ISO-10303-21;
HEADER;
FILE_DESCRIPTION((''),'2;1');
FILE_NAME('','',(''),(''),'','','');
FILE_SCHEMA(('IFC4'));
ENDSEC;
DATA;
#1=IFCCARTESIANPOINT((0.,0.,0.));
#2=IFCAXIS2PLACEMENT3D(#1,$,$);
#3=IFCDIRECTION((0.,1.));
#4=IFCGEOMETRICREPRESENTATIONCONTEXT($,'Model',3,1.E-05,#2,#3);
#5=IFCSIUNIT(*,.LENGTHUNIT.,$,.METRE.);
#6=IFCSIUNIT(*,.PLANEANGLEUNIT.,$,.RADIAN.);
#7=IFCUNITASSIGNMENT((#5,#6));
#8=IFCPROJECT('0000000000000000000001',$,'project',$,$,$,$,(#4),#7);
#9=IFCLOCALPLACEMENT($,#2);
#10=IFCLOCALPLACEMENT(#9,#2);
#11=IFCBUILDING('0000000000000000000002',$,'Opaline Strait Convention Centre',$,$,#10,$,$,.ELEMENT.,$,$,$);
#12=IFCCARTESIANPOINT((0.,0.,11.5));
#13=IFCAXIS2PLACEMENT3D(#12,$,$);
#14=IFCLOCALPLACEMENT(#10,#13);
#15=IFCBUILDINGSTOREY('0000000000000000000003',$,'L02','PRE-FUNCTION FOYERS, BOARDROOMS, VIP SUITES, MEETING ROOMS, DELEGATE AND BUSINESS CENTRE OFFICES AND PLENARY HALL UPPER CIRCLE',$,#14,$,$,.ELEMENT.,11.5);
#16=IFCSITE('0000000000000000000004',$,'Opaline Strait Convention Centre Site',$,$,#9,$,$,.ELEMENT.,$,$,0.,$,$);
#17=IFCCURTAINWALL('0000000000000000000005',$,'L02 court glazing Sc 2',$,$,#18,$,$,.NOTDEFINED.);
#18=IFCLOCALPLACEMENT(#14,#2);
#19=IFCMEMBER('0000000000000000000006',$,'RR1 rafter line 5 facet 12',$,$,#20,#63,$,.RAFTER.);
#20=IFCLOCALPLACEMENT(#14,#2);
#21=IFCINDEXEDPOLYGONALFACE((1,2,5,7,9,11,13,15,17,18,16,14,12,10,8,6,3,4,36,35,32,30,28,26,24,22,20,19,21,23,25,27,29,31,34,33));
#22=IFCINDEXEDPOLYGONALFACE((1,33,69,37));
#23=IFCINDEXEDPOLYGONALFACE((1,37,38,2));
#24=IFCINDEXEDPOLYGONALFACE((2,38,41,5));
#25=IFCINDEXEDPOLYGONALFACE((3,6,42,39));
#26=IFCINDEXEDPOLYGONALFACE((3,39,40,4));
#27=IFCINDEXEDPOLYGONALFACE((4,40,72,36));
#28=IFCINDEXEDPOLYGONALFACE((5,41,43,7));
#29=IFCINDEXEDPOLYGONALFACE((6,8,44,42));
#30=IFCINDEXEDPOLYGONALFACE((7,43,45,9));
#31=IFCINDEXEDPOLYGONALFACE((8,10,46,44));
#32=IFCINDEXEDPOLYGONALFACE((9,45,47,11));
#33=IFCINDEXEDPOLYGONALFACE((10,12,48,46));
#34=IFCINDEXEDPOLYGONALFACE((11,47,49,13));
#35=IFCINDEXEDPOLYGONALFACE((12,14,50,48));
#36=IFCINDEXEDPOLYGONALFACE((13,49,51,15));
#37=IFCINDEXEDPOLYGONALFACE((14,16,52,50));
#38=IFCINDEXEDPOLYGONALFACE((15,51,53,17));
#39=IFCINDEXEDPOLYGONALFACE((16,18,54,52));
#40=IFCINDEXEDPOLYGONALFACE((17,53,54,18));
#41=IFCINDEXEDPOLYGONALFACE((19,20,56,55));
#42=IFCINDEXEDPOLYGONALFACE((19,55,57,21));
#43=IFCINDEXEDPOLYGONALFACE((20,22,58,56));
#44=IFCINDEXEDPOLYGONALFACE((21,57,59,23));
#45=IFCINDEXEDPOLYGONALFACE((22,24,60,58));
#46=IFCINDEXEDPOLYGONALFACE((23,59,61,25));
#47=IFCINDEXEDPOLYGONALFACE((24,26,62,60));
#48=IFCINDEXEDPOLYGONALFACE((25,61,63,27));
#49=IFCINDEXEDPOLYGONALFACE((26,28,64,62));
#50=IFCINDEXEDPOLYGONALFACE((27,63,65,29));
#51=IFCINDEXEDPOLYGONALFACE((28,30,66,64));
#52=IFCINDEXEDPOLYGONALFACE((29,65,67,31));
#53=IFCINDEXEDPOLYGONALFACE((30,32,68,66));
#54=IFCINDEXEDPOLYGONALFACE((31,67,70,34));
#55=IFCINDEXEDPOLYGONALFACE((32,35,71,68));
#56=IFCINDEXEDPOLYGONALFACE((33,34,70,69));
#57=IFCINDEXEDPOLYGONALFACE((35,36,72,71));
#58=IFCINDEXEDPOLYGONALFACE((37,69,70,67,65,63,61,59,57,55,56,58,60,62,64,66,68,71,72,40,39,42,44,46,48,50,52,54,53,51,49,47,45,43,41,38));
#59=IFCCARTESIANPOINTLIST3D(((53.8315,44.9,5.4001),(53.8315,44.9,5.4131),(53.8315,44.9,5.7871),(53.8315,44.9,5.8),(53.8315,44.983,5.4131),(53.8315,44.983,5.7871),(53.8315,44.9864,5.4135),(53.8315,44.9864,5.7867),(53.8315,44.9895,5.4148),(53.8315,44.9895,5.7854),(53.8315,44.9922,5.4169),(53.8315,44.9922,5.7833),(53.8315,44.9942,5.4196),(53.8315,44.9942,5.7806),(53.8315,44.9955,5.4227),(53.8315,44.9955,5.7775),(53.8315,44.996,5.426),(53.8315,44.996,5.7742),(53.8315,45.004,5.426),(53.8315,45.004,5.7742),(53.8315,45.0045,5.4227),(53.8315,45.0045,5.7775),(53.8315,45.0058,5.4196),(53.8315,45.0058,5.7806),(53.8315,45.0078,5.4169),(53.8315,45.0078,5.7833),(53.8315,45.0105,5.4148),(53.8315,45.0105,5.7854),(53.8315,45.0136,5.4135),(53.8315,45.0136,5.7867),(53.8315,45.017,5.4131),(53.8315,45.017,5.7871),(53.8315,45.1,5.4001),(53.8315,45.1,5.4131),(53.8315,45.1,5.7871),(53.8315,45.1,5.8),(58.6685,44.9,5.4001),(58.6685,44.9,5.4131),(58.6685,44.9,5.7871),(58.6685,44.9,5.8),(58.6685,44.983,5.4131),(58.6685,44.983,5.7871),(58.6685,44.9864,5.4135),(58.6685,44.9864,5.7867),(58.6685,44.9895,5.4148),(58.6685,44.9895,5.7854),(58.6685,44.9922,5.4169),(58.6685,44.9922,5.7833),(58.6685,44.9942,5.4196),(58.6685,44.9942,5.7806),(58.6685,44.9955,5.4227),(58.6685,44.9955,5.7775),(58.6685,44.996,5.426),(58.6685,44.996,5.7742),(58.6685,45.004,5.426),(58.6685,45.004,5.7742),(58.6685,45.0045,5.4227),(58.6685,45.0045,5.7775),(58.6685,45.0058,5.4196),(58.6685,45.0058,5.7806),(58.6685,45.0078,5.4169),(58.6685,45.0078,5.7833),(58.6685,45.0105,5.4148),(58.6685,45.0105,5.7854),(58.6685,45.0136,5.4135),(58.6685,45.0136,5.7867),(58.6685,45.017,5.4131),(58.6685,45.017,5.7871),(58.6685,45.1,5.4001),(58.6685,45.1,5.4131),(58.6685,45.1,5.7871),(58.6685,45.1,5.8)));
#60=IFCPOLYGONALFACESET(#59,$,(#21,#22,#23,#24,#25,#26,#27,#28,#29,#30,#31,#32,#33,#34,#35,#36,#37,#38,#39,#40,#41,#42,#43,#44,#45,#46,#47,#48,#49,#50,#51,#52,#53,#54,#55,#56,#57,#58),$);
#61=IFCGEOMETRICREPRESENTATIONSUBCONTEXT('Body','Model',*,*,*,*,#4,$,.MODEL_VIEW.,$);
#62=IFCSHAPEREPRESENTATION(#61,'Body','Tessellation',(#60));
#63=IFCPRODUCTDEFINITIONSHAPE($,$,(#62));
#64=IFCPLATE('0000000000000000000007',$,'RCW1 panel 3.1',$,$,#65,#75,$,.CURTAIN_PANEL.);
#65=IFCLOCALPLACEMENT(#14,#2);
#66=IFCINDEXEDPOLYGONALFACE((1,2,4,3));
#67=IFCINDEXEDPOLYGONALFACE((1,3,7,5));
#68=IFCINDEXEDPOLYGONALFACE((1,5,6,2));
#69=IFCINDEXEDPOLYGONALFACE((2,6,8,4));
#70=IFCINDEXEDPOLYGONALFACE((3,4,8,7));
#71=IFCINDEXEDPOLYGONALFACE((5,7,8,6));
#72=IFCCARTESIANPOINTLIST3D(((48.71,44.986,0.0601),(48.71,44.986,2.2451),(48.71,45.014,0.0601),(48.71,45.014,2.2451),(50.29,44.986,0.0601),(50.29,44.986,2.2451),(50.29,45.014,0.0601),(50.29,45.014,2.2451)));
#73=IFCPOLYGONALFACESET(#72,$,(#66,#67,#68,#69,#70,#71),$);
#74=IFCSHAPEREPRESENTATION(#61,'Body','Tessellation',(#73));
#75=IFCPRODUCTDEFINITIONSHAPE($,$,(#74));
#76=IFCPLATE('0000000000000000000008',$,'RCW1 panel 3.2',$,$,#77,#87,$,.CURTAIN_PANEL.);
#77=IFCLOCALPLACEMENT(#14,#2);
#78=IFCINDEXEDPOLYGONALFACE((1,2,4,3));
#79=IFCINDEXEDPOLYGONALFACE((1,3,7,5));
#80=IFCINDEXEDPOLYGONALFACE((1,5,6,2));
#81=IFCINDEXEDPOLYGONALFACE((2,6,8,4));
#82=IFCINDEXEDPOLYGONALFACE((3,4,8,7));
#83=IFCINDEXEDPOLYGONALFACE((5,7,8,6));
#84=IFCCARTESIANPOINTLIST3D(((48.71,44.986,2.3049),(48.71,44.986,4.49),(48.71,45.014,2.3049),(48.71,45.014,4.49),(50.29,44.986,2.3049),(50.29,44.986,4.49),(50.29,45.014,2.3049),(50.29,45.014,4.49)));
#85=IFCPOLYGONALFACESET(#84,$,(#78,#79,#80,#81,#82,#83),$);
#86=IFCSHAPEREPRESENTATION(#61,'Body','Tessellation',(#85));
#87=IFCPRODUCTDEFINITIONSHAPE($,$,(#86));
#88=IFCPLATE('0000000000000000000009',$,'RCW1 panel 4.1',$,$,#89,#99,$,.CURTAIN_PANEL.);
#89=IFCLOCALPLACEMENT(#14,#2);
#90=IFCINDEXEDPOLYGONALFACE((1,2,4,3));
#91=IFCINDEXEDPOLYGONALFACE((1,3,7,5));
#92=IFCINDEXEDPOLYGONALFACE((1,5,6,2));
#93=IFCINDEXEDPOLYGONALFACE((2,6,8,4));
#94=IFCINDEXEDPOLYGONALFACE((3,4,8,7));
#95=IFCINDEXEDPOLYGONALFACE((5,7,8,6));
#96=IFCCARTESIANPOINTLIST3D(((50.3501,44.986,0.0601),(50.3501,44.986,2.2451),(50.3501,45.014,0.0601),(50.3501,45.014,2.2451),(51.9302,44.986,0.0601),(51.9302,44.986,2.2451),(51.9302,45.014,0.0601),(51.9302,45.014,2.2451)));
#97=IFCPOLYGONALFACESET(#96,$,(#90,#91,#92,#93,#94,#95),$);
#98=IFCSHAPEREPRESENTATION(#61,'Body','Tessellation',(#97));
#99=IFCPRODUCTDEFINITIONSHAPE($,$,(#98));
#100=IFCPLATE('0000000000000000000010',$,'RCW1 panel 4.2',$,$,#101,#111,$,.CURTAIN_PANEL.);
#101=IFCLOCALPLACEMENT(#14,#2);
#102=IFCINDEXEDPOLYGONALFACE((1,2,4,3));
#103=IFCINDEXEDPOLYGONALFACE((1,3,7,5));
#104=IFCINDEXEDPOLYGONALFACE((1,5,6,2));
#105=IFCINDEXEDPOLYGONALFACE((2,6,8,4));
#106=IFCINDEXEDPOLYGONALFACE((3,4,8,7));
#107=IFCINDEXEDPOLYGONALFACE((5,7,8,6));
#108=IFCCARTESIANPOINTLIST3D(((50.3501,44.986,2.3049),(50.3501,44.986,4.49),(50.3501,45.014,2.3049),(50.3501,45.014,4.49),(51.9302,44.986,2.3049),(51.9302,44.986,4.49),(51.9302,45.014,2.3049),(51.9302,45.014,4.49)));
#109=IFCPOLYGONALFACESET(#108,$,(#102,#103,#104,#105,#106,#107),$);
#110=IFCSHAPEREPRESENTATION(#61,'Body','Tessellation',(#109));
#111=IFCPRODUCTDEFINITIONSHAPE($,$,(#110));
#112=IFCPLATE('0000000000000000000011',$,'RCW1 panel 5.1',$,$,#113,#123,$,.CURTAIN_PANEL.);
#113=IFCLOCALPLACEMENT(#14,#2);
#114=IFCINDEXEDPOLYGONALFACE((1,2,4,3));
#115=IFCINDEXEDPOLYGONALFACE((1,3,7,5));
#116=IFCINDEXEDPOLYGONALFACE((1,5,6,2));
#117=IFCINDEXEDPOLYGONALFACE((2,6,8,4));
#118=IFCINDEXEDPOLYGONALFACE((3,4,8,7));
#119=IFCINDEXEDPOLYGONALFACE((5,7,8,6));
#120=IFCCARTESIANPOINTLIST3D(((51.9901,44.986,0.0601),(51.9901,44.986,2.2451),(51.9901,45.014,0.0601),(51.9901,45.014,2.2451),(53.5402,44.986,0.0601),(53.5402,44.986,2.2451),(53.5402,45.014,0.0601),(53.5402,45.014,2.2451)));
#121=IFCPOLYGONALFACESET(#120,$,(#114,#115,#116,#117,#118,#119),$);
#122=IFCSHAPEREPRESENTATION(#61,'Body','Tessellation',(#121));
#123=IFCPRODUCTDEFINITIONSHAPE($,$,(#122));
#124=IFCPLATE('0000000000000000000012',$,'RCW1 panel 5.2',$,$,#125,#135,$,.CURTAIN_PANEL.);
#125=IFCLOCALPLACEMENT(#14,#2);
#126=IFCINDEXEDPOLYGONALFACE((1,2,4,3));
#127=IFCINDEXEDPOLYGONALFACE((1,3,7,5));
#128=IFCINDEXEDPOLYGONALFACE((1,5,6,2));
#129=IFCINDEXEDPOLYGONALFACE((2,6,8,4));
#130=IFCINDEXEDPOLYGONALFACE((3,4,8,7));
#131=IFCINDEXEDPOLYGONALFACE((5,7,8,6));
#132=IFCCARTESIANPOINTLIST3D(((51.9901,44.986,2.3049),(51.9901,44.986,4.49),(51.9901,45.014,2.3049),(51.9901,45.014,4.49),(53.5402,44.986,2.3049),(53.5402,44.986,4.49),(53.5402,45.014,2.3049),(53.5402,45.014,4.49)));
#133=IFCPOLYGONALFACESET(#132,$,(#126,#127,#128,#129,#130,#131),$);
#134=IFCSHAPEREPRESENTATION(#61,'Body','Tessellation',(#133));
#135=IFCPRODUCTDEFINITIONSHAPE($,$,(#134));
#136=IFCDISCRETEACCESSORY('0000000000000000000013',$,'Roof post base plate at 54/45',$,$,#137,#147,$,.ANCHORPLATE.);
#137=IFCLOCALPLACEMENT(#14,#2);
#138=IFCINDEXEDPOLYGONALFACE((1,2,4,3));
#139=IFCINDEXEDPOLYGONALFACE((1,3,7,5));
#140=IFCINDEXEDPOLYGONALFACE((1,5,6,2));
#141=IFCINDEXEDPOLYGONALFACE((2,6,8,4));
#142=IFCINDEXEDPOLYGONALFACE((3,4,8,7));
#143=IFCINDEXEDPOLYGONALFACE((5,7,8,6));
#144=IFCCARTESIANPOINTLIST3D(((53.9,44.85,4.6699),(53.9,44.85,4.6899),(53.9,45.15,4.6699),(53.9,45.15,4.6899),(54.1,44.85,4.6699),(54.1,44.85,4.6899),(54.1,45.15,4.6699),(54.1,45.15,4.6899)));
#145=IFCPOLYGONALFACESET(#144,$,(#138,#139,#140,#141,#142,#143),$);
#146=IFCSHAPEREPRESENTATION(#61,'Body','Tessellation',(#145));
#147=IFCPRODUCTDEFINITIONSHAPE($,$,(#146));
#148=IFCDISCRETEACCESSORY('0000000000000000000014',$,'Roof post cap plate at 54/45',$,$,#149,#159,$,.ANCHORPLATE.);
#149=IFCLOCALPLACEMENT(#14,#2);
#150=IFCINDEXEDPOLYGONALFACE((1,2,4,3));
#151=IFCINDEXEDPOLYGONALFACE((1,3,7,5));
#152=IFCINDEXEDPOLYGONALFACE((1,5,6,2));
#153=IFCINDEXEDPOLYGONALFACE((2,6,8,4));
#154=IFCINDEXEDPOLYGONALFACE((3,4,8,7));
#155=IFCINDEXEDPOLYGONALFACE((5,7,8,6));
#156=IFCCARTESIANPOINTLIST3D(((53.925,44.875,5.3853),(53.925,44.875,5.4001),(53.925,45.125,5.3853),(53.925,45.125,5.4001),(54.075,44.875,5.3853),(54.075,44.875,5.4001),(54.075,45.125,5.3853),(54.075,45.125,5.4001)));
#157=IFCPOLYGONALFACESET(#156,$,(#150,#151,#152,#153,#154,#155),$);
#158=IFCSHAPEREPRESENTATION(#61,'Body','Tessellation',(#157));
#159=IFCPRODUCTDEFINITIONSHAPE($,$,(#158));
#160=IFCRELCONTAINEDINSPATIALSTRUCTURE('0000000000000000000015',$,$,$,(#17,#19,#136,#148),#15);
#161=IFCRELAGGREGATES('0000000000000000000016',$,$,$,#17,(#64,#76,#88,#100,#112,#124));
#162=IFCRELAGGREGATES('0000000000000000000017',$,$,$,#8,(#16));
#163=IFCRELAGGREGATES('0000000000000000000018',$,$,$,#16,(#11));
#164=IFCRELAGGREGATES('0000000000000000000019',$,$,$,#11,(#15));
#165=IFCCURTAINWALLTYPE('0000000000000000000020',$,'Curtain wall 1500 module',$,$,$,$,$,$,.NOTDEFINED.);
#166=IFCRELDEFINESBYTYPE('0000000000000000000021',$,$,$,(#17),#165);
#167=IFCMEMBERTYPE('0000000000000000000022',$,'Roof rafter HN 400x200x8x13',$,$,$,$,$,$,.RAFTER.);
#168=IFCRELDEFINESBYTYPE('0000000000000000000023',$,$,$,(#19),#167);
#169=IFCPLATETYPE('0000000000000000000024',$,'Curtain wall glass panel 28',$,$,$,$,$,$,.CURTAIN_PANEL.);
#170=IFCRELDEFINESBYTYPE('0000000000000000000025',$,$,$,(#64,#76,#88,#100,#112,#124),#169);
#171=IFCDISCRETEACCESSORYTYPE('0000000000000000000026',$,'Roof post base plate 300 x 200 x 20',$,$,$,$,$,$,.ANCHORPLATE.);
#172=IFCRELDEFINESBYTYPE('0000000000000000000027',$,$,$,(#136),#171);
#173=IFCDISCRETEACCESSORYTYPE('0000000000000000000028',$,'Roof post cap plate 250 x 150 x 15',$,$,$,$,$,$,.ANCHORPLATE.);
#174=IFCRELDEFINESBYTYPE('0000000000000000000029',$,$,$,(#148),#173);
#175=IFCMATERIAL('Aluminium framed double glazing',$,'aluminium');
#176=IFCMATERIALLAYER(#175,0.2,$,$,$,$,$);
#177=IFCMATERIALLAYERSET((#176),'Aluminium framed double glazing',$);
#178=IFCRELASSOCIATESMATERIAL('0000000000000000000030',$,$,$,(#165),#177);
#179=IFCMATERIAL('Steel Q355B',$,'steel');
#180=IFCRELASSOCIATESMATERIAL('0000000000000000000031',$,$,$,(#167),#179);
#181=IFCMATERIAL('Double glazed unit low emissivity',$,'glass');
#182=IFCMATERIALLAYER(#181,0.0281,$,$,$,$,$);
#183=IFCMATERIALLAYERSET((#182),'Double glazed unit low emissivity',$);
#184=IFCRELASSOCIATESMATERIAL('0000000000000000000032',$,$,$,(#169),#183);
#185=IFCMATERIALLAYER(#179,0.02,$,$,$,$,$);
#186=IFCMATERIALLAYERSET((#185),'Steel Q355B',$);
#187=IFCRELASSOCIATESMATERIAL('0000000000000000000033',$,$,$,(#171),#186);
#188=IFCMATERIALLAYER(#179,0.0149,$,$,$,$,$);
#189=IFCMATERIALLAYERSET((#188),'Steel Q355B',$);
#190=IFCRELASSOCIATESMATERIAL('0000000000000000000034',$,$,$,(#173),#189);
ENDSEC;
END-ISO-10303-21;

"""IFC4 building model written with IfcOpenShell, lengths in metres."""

from ifc_helpers import new_model, si_unit, direction, frame, origin, origin_2d, place, context, subcontext, project, spatial, rectangle, i_section, extrude, material, layer, layer_set, material_profile, profile_set, type_object, element, aggregate, save


model = new_model("IFC4")

# Units and contexts
model_context = context("Model", 3, precision=1e-05, world=origin(), true_north=direction((0.0, 1.0)))
body_context = subcontext(model_context, "Body", "Model", "MODEL_VIEW")
ifc_project = project(units=[si_unit("LENGTHUNIT", "METRE"), si_unit("PLANEANGLEUNIT", "RADIAN")], contexts=[model_context])

# Site, building, storey
site_placement = place(None, origin())
site = spatial("IfcSite", under=ifc_project, at=site_placement, Name="Opaline Strait Convention Centre Site", CompositionType="ELEMENT", RefElevation=0.0)
building_placement = place(site_placement, origin())
building = spatial("IfcBuilding", under=site, at=building_placement, Name="Opaline Strait Convention Centre", CompositionType="ELEMENT")
storey_placement = place(building_placement, frame((0.0, 0.0, 11.5)))
storey = spatial("IfcBuildingStorey", under=building, at=storey_placement, Name="L02", Description="PRE-FUNCTION FOYERS, BOARDROOMS, VIP SUITES, MEETING ROOMS, DELEGATE AND BUSINESS CENTRE OFFICES AND PLENARY HALL UPPER CIRCLE", CompositionType="ELEMENT", Elevation=11.5)

# Curtain wall
ifc_material_1 = material(Name="Aluminium framed double glazing", Category="aluminium")
ifc_layer_1 = layer(ifc_material_1, 0.2)
ifc_layer_set_1 = layer_set([ifc_layer_1], Name="Aluminium framed double glazing")
curtain_wall_type = type_object("IfcCurtainWallType", Name="Curtain wall 1500 module", PredefinedType="NOTDEFINED", material=ifc_layer_set_1)
curtain_wall_placement = place(storey_placement, origin())
curtain_wall = element("IfcCurtainWall", 1, at=curtain_wall_placement, inside=storey, type_object=curtain_wall_type, Name="L02 court glazing Sc 2", PredefinedType="NOTDEFINED")

# Member
ifc_material_2 = material(Name="Steel Q355B", Category="steel")
ifc_material_profile_1 = material_profile(ifc_material_2, i_section(OverallWidth=0.2, OverallDepth=0.3999, WebThickness=0.0081, FlangeThickness=0.0129, FilletRadius=0.0129, at=origin_2d()), Name="HN 400x200x8x13")
ifc_profile_set_1 = profile_set([ifc_material_profile_1], Name="Steel Q355B")
member_type_1 = type_object("IfcMemberType", Name="Roof rafter HN 400x200x8x13", PredefinedType="RAFTER", material=ifc_profile_set_1)
member_1_placement = place(storey_placement, frame((53.8315, 45.0, 5.6001), z_axis=(1.0, 0.0, 0.0), x_axis=(0.0, 1.0, 0.0)))
element("IfcMember", 2, at=member_1_placement, inside=storey, type_object=member_type_1, Name="RR1 rafter line 5 facet 12", PredefinedType="RAFTER", context=body_context, shape_type="SweptSolid", body=[
    extrude(i_section(OverallWidth=0.2, OverallDepth=0.3999, WebThickness=0.0081, FlangeThickness=0.0129, FilletRadius=0.0129, at=origin_2d()), origin(), (0.0, 0.0, 1.0), 4.8369),
])

# Plates
ifc_material_3 = material(Name="Double glazed unit low emissivity", Category="glass")
ifc_layer_2 = layer(ifc_material_3, 0.0281)
ifc_layer_set_2 = layer_set([ifc_layer_2], Name="Double glazed unit low emissivity")
plate_type = type_object("IfcPlateType", Name="Curtain wall glass panel 28", PredefinedType="CURTAIN_PANEL", material=ifc_layer_set_2)
plate_1_placement = place(storey_placement, frame((49.5, 45.0, 0.0601), z_axis=(0.0, 0.0, 1.0), x_axis=(1.0, 0.0, 0.0)))
plate_1 = element("IfcPlate", 3, at=plate_1_placement, type_object=plate_type, Name="RCW1 panel 3.1", PredefinedType="CURTAIN_PANEL", context=body_context, shape_type="SweptSolid", body=[
    extrude(rectangle(XDim=1.5801, YDim=0.0281, at=origin_2d()), origin(), (0.0, 0.0, 1.0), 2.1851),
])
plate_2_placement = place(storey_placement, frame((49.5, 45.0, 2.3049), z_axis=(0.0, 0.0, 1.0), x_axis=(1.0, 0.0, 0.0)))
plate_2 = element("IfcPlate", 4, at=plate_2_placement, type_object=plate_type, Name="RCW1 panel 3.2", PredefinedType="CURTAIN_PANEL", context=body_context, shape_type="SweptSolid", body=[
    extrude(rectangle(XDim=1.5801, YDim=0.0281, at=origin_2d()), origin(), (0.0, 0.0, 1.0), 2.1851),
])
plate_3_placement = place(storey_placement, frame((51.1401, 45.0, 0.0601), z_axis=(0.0, 0.0, 1.0), x_axis=(1.0, 0.0, 0.0)))
plate_3 = element("IfcPlate", 5, at=plate_3_placement, type_object=plate_type, Name="RCW1 panel 4.1", PredefinedType="CURTAIN_PANEL", context=body_context, shape_type="SweptSolid", body=[
    extrude(rectangle(XDim=1.5801, YDim=0.0281, at=origin_2d()), origin(), (0.0, 0.0, 1.0), 2.1851),
])
plate_4_placement = place(storey_placement, frame((51.1401, 45.0, 2.3049), z_axis=(0.0, 0.0, 1.0), x_axis=(1.0, 0.0, 0.0)))
plate_4 = element("IfcPlate", 6, at=plate_4_placement, type_object=plate_type, Name="RCW1 panel 4.2", PredefinedType="CURTAIN_PANEL", context=body_context, shape_type="SweptSolid", body=[
    extrude(rectangle(XDim=1.5801, YDim=0.0281, at=origin_2d()), origin(), (0.0, 0.0, 1.0), 2.1851),
])
plate_5_placement = place(storey_placement, frame((52.7651, 45.0, 0.0601), z_axis=(0.0, 0.0, 1.0), x_axis=(1.0, 0.0, 0.0)))
plate_5 = element("IfcPlate", 7, at=plate_5_placement, type_object=plate_type, Name="RCW1 panel 5.1", PredefinedType="CURTAIN_PANEL", context=body_context, shape_type="SweptSolid", body=[
    extrude(rectangle(XDim=1.55, YDim=0.0281, at=origin_2d()), origin(), (0.0, 0.0, 1.0), 2.1851),
])
plate_6_placement = place(storey_placement, frame((52.7651, 45.0, 2.3049), z_axis=(0.0, 0.0, 1.0), x_axis=(1.0, 0.0, 0.0)))
plate_6 = element("IfcPlate", 8, at=plate_6_placement, type_object=plate_type, Name="RCW1 panel 5.2", PredefinedType="CURTAIN_PANEL", context=body_context, shape_type="SweptSolid", body=[
    extrude(rectangle(XDim=1.55, YDim=0.0281, at=origin_2d()), origin(), (0.0, 0.0, 1.0), 2.1851),
])
aggregate(curtain_wall, [plate_1, plate_2, plate_3, plate_4, plate_5, plate_6])

# Discrete accessories
ifc_layer_3 = layer(ifc_material_2, 0.02)
ifc_layer_set_3 = layer_set([ifc_layer_3], Name="Steel Q355B")
discrete_accessory_type_1 = type_object("IfcDiscreteAccessoryType", Name="Roof post base plate 300 x 200 x 20", PredefinedType="ANCHORPLATE", material=ifc_layer_set_3)
discrete_accessory_1_placement = place(storey_placement, frame((54.0, 45.0, 4.6699), z_axis=(0.0, 0.0, 1.0), x_axis=(1.0, 0.0, 0.0)))
element("IfcDiscreteAccessory", 9, at=discrete_accessory_1_placement, inside=storey, type_object=discrete_accessory_type_1, Name="Roof post base plate at 54/45", PredefinedType="ANCHORPLATE", context=body_context, shape_type="SweptSolid", body=[
    extrude(rectangle(XDim=0.2, YDim=0.3, at=origin_2d()), origin(), (0.0, 0.0, 1.0), 0.02),
])
ifc_layer_4 = layer(ifc_material_2, 0.0149)
ifc_layer_set_4 = layer_set([ifc_layer_4], Name="Steel Q355B")
discrete_accessory_type_2 = type_object("IfcDiscreteAccessoryType", Name="Roof post cap plate 250 x 150 x 15", PredefinedType="ANCHORPLATE", material=ifc_layer_set_4)
discrete_accessory_2_placement = place(storey_placement, frame((54.0, 45.0, 5.3853), z_axis=(0.0, 0.0, 1.0), x_axis=(1.0, 0.0, 0.0)))
element("IfcDiscreteAccessory", 10, at=discrete_accessory_2_placement, inside=storey, type_object=discrete_accessory_type_2, Name="Roof post cap plate at 54/45", PredefinedType="ANCHORPLATE", context=body_context, shape_type="SweptSolid", body=[
    extrude(rectangle(XDim=0.1499, YDim=0.25, at=origin_2d()), origin(), (0.0, 0.0, 1.0), 0.0149),
])

save(model, "model.ifc")
